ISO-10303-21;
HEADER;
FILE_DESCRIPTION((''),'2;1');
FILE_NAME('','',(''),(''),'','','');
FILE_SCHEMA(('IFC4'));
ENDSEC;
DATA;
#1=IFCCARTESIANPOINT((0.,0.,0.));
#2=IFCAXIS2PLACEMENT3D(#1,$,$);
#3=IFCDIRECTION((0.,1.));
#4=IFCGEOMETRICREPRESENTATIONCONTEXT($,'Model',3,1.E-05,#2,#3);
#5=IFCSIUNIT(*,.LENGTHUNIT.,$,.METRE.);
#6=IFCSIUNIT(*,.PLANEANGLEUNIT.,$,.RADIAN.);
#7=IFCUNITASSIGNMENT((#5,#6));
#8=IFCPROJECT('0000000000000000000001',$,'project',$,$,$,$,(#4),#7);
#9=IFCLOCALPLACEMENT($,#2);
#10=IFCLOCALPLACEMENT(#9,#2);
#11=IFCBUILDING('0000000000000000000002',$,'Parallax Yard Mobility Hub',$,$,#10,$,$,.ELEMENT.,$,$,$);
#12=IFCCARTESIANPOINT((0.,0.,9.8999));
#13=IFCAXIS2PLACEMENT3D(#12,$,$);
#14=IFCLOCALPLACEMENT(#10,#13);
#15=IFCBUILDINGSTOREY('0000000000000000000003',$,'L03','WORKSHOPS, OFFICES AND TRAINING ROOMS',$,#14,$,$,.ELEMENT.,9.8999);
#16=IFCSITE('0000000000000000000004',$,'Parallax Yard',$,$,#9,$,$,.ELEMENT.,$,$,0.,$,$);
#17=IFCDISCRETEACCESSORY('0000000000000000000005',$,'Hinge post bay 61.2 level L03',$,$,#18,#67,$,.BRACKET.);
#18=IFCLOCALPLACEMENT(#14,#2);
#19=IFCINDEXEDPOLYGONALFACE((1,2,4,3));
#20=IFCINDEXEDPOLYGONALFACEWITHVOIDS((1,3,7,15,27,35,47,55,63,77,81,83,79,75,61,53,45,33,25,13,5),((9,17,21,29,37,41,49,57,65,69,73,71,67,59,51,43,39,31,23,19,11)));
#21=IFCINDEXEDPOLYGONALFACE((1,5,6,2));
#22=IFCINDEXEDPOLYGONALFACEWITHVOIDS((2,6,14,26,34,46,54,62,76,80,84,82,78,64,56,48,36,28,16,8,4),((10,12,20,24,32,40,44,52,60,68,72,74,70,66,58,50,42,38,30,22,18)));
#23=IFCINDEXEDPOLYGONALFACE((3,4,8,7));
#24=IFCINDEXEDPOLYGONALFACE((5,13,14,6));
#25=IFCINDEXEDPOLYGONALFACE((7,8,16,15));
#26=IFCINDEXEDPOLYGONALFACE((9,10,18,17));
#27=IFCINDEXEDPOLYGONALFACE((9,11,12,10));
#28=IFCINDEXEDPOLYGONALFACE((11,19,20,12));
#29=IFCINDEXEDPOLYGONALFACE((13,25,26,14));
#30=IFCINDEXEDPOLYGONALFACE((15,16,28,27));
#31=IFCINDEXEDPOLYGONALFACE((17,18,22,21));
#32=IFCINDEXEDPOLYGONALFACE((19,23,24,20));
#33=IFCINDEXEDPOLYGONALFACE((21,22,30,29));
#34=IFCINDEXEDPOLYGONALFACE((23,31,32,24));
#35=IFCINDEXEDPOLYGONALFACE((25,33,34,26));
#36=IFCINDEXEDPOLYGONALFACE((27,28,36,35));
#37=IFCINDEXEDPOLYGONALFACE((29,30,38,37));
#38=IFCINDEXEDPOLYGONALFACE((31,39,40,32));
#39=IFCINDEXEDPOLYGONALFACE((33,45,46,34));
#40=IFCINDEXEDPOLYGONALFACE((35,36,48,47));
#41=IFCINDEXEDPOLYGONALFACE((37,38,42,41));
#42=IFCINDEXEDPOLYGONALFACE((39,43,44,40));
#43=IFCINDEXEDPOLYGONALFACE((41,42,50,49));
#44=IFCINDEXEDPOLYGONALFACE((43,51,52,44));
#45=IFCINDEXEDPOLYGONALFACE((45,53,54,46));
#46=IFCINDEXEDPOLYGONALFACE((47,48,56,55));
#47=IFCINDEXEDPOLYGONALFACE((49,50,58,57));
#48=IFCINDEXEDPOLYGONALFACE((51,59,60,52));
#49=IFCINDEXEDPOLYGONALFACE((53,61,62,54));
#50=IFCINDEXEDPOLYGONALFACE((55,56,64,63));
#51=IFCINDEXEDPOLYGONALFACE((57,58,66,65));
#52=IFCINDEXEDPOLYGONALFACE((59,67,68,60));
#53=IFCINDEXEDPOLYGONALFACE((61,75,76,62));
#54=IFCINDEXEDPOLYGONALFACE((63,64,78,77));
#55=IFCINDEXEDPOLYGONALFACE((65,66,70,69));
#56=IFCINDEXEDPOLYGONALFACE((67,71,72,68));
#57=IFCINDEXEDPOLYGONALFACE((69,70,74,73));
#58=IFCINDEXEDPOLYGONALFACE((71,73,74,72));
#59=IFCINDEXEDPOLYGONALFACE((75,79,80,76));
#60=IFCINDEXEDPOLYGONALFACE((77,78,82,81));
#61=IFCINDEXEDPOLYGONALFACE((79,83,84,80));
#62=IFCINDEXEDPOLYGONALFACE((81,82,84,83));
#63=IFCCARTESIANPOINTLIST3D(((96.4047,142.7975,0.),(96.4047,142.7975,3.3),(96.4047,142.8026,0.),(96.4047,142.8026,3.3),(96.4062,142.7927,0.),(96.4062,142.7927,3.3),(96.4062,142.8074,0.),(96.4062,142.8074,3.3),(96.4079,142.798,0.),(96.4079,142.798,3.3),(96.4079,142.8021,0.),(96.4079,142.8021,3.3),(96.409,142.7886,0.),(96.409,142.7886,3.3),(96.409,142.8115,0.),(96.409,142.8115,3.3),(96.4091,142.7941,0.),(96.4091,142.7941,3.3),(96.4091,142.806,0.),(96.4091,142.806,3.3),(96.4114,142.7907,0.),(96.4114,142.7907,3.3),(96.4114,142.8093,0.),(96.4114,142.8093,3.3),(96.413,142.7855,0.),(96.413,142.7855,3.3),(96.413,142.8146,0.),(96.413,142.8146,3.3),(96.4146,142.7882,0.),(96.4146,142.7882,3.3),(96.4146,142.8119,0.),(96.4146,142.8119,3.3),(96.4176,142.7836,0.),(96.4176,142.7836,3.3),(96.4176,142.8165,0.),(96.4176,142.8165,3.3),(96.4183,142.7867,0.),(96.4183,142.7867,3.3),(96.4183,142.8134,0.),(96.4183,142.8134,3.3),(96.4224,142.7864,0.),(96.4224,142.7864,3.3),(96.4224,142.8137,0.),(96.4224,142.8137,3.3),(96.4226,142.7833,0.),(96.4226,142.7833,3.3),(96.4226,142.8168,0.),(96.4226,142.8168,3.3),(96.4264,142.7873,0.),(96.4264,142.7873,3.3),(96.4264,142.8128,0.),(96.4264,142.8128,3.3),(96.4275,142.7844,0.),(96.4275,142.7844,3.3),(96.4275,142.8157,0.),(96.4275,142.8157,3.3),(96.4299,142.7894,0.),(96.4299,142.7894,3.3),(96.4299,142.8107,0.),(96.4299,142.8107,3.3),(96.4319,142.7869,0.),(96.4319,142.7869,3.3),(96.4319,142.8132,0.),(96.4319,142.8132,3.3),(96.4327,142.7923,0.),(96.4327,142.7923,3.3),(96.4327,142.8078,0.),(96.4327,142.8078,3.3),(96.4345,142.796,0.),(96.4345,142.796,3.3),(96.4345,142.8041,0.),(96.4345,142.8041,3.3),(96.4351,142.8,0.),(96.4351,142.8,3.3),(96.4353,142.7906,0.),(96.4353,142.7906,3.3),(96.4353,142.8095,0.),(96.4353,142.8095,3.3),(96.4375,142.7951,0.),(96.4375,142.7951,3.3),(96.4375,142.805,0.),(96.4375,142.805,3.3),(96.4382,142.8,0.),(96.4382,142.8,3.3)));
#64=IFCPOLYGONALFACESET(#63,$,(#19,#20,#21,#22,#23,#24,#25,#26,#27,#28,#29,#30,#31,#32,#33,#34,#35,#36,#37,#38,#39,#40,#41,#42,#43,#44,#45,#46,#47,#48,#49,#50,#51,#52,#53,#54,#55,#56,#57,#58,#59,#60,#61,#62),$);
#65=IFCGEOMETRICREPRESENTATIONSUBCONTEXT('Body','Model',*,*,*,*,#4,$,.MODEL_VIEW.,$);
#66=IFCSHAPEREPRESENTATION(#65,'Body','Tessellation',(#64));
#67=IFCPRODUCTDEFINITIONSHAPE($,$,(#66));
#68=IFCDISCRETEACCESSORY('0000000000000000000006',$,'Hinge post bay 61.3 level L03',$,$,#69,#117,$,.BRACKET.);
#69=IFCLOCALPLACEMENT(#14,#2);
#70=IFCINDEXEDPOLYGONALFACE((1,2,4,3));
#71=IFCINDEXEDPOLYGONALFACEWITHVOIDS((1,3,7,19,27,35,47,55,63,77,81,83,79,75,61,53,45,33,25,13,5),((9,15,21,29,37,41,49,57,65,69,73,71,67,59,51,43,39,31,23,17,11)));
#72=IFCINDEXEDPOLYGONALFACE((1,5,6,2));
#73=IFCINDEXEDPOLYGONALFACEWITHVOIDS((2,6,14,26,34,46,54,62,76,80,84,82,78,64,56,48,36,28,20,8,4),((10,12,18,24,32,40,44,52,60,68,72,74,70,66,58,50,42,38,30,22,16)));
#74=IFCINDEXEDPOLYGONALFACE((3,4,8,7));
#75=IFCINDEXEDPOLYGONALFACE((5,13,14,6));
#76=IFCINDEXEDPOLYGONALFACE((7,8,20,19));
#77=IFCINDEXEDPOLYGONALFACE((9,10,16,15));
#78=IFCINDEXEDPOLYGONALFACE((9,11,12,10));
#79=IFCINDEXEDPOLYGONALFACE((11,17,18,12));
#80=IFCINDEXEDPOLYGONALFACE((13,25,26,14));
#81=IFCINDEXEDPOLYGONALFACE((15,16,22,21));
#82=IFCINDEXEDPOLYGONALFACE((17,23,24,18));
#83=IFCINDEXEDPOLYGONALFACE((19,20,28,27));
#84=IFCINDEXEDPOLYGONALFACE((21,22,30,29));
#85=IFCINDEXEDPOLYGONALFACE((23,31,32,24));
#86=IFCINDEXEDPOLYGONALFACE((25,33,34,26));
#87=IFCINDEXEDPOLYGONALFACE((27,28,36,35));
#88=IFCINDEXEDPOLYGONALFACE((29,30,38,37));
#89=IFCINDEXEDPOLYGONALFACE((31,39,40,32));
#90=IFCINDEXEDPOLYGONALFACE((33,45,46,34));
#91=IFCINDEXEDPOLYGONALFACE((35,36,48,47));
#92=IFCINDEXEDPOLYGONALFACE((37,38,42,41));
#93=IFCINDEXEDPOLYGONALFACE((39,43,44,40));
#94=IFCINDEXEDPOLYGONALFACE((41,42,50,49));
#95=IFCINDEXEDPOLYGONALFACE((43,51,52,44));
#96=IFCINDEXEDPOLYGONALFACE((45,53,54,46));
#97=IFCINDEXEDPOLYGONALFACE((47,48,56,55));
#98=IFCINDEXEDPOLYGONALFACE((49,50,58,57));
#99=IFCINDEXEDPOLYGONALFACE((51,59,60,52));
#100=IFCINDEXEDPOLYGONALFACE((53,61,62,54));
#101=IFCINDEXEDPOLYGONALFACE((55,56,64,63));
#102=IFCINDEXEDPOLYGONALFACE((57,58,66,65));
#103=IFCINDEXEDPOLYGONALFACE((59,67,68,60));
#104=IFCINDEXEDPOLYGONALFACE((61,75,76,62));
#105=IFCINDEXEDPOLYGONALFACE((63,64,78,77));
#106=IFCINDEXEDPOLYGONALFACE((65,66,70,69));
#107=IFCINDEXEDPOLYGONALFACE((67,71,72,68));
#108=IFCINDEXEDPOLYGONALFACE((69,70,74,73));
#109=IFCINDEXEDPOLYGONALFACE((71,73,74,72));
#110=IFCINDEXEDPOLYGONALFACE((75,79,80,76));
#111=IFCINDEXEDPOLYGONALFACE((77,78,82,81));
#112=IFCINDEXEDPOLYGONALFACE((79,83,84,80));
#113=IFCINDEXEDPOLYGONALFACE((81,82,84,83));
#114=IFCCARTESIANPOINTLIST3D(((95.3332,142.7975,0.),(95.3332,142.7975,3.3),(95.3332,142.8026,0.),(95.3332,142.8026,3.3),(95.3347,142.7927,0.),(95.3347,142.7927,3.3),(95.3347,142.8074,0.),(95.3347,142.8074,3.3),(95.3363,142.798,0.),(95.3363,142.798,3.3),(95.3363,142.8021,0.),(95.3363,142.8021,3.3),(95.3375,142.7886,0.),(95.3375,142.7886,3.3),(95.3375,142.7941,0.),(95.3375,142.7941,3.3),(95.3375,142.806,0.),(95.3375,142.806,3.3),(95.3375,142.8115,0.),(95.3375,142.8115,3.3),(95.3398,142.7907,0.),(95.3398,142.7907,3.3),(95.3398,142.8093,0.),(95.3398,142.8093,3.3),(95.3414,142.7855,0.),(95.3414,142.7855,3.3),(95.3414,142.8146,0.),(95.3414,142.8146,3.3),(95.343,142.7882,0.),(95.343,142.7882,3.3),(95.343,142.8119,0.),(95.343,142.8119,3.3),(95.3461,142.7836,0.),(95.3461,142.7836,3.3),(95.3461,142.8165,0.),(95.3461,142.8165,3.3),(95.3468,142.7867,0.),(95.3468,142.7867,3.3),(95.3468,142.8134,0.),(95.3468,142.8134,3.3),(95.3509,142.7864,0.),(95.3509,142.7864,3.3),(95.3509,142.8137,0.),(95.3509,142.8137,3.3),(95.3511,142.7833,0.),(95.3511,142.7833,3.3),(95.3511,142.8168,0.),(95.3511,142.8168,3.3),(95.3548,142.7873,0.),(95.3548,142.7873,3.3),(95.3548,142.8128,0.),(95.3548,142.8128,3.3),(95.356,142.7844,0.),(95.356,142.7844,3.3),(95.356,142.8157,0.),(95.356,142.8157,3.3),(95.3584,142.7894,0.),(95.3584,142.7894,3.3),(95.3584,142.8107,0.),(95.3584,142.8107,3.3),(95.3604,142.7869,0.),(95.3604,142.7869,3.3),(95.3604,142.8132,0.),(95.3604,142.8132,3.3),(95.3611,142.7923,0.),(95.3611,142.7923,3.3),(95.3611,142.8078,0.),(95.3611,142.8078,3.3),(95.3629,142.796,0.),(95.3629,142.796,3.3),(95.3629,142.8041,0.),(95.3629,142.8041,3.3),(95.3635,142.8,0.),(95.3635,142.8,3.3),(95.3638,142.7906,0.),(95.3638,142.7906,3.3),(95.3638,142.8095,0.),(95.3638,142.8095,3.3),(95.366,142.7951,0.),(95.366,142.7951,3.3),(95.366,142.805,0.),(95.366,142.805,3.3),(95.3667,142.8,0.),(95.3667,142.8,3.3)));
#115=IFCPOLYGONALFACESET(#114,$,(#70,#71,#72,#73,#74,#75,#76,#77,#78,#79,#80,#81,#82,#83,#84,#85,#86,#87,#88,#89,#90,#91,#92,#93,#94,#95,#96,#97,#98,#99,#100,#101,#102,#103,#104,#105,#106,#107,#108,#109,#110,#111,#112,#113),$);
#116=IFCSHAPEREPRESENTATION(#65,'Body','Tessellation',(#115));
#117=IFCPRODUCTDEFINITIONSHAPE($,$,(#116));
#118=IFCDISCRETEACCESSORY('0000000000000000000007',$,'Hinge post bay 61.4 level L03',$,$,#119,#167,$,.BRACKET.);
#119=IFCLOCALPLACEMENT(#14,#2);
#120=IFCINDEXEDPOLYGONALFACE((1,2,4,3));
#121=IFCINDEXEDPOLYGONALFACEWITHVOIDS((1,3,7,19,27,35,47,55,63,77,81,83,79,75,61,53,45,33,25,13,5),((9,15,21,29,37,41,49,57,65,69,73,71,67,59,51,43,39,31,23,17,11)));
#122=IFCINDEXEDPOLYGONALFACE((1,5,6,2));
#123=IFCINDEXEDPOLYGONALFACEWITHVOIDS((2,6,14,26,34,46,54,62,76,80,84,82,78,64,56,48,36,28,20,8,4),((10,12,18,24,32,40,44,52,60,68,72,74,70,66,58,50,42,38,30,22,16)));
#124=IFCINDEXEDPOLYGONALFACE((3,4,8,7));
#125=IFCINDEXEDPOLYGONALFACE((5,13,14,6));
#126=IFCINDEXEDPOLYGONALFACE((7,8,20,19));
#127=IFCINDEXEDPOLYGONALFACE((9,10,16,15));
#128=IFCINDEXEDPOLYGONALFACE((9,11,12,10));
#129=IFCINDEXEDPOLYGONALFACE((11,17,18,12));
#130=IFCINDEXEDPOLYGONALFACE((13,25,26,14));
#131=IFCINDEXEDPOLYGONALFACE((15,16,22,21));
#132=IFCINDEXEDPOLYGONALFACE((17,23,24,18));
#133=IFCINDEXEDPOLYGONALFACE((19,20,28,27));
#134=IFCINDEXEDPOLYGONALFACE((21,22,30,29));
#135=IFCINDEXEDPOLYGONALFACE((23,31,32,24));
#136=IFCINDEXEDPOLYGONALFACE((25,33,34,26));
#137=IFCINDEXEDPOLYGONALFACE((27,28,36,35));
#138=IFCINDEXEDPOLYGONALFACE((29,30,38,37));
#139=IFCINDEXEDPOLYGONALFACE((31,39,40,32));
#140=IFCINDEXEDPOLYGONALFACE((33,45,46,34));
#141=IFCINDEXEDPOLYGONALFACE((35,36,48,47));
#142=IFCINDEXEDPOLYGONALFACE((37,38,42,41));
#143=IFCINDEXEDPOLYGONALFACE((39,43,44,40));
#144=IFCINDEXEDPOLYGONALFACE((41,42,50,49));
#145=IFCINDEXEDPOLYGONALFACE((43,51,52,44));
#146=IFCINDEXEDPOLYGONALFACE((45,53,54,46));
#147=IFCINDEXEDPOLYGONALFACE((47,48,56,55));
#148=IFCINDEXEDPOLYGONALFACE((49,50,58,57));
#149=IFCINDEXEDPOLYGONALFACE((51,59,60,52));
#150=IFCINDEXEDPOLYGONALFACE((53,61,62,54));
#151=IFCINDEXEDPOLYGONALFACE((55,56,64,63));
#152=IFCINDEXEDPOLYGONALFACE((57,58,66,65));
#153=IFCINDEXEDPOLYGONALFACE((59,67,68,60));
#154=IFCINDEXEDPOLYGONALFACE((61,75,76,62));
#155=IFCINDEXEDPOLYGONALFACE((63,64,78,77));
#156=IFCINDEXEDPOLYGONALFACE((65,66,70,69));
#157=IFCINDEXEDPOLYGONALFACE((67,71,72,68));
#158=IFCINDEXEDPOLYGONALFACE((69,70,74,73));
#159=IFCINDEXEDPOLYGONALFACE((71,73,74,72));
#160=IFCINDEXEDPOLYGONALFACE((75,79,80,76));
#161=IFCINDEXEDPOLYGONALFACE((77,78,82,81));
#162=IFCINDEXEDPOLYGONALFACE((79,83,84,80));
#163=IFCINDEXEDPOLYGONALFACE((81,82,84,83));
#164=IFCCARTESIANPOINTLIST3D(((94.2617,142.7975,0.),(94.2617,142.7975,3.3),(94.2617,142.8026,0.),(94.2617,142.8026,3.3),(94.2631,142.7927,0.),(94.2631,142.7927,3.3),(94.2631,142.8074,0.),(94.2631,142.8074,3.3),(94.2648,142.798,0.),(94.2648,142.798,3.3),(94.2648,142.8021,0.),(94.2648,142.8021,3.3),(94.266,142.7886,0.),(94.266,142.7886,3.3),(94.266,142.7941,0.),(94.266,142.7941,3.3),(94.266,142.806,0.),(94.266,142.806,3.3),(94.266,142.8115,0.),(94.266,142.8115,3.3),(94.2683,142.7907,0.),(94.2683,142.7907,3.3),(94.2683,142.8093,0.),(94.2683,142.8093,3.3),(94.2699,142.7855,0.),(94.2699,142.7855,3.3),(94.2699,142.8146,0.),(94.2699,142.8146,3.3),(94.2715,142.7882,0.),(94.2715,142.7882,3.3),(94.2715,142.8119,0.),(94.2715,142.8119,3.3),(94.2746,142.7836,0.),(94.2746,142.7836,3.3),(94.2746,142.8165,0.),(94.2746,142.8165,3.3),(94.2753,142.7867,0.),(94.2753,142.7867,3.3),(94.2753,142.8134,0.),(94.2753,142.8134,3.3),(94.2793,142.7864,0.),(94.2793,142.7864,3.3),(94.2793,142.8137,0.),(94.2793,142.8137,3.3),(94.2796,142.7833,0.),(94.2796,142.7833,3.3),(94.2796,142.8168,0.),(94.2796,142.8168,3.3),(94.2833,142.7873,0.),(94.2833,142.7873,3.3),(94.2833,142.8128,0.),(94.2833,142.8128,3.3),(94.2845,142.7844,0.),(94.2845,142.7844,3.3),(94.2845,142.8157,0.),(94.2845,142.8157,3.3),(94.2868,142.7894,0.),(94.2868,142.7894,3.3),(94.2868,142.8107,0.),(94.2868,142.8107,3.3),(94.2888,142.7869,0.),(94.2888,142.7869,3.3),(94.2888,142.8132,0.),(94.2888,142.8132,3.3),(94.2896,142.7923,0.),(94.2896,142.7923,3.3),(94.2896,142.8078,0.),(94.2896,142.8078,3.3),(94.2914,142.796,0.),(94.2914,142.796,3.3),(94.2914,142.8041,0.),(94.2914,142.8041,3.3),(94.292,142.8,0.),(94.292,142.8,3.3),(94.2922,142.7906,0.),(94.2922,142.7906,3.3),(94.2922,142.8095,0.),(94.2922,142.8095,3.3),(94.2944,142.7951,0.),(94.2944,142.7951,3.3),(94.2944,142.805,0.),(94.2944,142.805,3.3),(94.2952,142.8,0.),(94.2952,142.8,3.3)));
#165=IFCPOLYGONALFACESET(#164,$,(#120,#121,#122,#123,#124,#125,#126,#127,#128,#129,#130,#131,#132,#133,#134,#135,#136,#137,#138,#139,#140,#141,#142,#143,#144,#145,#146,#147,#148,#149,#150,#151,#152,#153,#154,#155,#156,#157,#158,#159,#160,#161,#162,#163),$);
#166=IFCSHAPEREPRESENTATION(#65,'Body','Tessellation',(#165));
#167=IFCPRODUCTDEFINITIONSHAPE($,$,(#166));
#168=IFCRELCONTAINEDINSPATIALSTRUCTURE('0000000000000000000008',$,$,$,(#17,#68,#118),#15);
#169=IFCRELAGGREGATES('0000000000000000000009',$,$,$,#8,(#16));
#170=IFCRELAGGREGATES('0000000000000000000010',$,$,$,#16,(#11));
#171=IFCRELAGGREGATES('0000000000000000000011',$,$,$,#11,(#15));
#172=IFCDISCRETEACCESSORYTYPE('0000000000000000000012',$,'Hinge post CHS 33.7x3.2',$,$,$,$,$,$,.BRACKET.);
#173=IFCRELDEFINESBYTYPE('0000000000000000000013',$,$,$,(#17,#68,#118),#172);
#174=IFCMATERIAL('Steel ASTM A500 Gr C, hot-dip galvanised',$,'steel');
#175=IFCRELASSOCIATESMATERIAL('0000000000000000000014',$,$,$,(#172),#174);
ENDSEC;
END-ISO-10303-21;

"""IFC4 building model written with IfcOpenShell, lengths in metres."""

from ifc_helpers import new_model, si_unit, direction, frame, origin, origin_2d, place, context, subcontext, project, spatial, hollow_circle, extrude, material, material_profile, profile_set, type_object, element, save


model = new_model("IFC4")

# Units and contexts
model_context = context("Model", 3, precision=1e-05, world=origin(), true_north=direction((0.0, 1.0)))
body_context = subcontext(model_context, "Body", "Model", "MODEL_VIEW")
ifc_project = project(units=[si_unit("LENGTHUNIT", "METRE"), si_unit("PLANEANGLEUNIT", "RADIAN")], contexts=[model_context])

# Site, building, storey
site_placement = place(None, origin())
site = spatial("IfcSite", under=ifc_project, at=site_placement, Name="Parallax Yard", CompositionType="ELEMENT", RefElevation=0.0)
building_placement = place(site_placement, origin())
building = spatial("IfcBuilding", under=site, at=building_placement, Name="Parallax Yard Mobility Hub", CompositionType="ELEMENT")
storey_placement = place(building_placement, frame((0.0, 0.0, 9.8999)))
storey = spatial("IfcBuildingStorey", under=building, at=storey_placement, Name="L03", Description="WORKSHOPS, OFFICES AND TRAINING ROOMS", CompositionType="ELEMENT", Elevation=9.8999)

# Discrete accessories
ifc_material_1 = material(Name="Steel ASTM A500 Gr C, hot-dip galvanised", Category="steel")
ifc_material_profile = material_profile(ifc_material_1, hollow_circle(Radius=0.0168, WallThickness=0.0032, at=origin_2d()), Name="CHS 33.7x3.2")
ifc_profile_set = profile_set([ifc_material_profile], Name="Steel ASTM A500 Gr C, hot-dip galvanised")
discrete_accessory_type = type_object("IfcDiscreteAccessoryType", Name="Hinge post CHS 33.7x3.2", PredefinedType="BRACKET", material=ifc_profile_set)
for number, where, z_axis, x_axis, name in (
    (1, (96.4214, 142.8, 0.0), (0.0, 0.0, 1.0), (1.0, 0.0, 0.0), "Hinge post bay 61.2 level L03"),
    (2, (95.3499, 142.8, 0.0), (0.0, 0.0, 1.0), (1.0, 0.0, 0.0), "Hinge post bay 61.3 level L03"),
    (3, (94.2783, 142.8, 0.0), (0.0, 0.0, 1.0), (1.0, 0.0, 0.0), "Hinge post bay 61.4 level L03"),
):
    element("IfcDiscreteAccessory", number, at=place(storey_placement, frame(where, z_axis=z_axis, x_axis=x_axis)), inside=storey, type_object=discrete_accessory_type, Name=name, PredefinedType="BRACKET", context=body_context, shape_type="SweptSolid", body=[
        extrude(hollow_circle(Radius=0.0168, WallThickness=0.0032, at=origin_2d()), origin(), (0.0, 0.0, 1.0), 3.3),
    ])

save(model, "model.ifc")
